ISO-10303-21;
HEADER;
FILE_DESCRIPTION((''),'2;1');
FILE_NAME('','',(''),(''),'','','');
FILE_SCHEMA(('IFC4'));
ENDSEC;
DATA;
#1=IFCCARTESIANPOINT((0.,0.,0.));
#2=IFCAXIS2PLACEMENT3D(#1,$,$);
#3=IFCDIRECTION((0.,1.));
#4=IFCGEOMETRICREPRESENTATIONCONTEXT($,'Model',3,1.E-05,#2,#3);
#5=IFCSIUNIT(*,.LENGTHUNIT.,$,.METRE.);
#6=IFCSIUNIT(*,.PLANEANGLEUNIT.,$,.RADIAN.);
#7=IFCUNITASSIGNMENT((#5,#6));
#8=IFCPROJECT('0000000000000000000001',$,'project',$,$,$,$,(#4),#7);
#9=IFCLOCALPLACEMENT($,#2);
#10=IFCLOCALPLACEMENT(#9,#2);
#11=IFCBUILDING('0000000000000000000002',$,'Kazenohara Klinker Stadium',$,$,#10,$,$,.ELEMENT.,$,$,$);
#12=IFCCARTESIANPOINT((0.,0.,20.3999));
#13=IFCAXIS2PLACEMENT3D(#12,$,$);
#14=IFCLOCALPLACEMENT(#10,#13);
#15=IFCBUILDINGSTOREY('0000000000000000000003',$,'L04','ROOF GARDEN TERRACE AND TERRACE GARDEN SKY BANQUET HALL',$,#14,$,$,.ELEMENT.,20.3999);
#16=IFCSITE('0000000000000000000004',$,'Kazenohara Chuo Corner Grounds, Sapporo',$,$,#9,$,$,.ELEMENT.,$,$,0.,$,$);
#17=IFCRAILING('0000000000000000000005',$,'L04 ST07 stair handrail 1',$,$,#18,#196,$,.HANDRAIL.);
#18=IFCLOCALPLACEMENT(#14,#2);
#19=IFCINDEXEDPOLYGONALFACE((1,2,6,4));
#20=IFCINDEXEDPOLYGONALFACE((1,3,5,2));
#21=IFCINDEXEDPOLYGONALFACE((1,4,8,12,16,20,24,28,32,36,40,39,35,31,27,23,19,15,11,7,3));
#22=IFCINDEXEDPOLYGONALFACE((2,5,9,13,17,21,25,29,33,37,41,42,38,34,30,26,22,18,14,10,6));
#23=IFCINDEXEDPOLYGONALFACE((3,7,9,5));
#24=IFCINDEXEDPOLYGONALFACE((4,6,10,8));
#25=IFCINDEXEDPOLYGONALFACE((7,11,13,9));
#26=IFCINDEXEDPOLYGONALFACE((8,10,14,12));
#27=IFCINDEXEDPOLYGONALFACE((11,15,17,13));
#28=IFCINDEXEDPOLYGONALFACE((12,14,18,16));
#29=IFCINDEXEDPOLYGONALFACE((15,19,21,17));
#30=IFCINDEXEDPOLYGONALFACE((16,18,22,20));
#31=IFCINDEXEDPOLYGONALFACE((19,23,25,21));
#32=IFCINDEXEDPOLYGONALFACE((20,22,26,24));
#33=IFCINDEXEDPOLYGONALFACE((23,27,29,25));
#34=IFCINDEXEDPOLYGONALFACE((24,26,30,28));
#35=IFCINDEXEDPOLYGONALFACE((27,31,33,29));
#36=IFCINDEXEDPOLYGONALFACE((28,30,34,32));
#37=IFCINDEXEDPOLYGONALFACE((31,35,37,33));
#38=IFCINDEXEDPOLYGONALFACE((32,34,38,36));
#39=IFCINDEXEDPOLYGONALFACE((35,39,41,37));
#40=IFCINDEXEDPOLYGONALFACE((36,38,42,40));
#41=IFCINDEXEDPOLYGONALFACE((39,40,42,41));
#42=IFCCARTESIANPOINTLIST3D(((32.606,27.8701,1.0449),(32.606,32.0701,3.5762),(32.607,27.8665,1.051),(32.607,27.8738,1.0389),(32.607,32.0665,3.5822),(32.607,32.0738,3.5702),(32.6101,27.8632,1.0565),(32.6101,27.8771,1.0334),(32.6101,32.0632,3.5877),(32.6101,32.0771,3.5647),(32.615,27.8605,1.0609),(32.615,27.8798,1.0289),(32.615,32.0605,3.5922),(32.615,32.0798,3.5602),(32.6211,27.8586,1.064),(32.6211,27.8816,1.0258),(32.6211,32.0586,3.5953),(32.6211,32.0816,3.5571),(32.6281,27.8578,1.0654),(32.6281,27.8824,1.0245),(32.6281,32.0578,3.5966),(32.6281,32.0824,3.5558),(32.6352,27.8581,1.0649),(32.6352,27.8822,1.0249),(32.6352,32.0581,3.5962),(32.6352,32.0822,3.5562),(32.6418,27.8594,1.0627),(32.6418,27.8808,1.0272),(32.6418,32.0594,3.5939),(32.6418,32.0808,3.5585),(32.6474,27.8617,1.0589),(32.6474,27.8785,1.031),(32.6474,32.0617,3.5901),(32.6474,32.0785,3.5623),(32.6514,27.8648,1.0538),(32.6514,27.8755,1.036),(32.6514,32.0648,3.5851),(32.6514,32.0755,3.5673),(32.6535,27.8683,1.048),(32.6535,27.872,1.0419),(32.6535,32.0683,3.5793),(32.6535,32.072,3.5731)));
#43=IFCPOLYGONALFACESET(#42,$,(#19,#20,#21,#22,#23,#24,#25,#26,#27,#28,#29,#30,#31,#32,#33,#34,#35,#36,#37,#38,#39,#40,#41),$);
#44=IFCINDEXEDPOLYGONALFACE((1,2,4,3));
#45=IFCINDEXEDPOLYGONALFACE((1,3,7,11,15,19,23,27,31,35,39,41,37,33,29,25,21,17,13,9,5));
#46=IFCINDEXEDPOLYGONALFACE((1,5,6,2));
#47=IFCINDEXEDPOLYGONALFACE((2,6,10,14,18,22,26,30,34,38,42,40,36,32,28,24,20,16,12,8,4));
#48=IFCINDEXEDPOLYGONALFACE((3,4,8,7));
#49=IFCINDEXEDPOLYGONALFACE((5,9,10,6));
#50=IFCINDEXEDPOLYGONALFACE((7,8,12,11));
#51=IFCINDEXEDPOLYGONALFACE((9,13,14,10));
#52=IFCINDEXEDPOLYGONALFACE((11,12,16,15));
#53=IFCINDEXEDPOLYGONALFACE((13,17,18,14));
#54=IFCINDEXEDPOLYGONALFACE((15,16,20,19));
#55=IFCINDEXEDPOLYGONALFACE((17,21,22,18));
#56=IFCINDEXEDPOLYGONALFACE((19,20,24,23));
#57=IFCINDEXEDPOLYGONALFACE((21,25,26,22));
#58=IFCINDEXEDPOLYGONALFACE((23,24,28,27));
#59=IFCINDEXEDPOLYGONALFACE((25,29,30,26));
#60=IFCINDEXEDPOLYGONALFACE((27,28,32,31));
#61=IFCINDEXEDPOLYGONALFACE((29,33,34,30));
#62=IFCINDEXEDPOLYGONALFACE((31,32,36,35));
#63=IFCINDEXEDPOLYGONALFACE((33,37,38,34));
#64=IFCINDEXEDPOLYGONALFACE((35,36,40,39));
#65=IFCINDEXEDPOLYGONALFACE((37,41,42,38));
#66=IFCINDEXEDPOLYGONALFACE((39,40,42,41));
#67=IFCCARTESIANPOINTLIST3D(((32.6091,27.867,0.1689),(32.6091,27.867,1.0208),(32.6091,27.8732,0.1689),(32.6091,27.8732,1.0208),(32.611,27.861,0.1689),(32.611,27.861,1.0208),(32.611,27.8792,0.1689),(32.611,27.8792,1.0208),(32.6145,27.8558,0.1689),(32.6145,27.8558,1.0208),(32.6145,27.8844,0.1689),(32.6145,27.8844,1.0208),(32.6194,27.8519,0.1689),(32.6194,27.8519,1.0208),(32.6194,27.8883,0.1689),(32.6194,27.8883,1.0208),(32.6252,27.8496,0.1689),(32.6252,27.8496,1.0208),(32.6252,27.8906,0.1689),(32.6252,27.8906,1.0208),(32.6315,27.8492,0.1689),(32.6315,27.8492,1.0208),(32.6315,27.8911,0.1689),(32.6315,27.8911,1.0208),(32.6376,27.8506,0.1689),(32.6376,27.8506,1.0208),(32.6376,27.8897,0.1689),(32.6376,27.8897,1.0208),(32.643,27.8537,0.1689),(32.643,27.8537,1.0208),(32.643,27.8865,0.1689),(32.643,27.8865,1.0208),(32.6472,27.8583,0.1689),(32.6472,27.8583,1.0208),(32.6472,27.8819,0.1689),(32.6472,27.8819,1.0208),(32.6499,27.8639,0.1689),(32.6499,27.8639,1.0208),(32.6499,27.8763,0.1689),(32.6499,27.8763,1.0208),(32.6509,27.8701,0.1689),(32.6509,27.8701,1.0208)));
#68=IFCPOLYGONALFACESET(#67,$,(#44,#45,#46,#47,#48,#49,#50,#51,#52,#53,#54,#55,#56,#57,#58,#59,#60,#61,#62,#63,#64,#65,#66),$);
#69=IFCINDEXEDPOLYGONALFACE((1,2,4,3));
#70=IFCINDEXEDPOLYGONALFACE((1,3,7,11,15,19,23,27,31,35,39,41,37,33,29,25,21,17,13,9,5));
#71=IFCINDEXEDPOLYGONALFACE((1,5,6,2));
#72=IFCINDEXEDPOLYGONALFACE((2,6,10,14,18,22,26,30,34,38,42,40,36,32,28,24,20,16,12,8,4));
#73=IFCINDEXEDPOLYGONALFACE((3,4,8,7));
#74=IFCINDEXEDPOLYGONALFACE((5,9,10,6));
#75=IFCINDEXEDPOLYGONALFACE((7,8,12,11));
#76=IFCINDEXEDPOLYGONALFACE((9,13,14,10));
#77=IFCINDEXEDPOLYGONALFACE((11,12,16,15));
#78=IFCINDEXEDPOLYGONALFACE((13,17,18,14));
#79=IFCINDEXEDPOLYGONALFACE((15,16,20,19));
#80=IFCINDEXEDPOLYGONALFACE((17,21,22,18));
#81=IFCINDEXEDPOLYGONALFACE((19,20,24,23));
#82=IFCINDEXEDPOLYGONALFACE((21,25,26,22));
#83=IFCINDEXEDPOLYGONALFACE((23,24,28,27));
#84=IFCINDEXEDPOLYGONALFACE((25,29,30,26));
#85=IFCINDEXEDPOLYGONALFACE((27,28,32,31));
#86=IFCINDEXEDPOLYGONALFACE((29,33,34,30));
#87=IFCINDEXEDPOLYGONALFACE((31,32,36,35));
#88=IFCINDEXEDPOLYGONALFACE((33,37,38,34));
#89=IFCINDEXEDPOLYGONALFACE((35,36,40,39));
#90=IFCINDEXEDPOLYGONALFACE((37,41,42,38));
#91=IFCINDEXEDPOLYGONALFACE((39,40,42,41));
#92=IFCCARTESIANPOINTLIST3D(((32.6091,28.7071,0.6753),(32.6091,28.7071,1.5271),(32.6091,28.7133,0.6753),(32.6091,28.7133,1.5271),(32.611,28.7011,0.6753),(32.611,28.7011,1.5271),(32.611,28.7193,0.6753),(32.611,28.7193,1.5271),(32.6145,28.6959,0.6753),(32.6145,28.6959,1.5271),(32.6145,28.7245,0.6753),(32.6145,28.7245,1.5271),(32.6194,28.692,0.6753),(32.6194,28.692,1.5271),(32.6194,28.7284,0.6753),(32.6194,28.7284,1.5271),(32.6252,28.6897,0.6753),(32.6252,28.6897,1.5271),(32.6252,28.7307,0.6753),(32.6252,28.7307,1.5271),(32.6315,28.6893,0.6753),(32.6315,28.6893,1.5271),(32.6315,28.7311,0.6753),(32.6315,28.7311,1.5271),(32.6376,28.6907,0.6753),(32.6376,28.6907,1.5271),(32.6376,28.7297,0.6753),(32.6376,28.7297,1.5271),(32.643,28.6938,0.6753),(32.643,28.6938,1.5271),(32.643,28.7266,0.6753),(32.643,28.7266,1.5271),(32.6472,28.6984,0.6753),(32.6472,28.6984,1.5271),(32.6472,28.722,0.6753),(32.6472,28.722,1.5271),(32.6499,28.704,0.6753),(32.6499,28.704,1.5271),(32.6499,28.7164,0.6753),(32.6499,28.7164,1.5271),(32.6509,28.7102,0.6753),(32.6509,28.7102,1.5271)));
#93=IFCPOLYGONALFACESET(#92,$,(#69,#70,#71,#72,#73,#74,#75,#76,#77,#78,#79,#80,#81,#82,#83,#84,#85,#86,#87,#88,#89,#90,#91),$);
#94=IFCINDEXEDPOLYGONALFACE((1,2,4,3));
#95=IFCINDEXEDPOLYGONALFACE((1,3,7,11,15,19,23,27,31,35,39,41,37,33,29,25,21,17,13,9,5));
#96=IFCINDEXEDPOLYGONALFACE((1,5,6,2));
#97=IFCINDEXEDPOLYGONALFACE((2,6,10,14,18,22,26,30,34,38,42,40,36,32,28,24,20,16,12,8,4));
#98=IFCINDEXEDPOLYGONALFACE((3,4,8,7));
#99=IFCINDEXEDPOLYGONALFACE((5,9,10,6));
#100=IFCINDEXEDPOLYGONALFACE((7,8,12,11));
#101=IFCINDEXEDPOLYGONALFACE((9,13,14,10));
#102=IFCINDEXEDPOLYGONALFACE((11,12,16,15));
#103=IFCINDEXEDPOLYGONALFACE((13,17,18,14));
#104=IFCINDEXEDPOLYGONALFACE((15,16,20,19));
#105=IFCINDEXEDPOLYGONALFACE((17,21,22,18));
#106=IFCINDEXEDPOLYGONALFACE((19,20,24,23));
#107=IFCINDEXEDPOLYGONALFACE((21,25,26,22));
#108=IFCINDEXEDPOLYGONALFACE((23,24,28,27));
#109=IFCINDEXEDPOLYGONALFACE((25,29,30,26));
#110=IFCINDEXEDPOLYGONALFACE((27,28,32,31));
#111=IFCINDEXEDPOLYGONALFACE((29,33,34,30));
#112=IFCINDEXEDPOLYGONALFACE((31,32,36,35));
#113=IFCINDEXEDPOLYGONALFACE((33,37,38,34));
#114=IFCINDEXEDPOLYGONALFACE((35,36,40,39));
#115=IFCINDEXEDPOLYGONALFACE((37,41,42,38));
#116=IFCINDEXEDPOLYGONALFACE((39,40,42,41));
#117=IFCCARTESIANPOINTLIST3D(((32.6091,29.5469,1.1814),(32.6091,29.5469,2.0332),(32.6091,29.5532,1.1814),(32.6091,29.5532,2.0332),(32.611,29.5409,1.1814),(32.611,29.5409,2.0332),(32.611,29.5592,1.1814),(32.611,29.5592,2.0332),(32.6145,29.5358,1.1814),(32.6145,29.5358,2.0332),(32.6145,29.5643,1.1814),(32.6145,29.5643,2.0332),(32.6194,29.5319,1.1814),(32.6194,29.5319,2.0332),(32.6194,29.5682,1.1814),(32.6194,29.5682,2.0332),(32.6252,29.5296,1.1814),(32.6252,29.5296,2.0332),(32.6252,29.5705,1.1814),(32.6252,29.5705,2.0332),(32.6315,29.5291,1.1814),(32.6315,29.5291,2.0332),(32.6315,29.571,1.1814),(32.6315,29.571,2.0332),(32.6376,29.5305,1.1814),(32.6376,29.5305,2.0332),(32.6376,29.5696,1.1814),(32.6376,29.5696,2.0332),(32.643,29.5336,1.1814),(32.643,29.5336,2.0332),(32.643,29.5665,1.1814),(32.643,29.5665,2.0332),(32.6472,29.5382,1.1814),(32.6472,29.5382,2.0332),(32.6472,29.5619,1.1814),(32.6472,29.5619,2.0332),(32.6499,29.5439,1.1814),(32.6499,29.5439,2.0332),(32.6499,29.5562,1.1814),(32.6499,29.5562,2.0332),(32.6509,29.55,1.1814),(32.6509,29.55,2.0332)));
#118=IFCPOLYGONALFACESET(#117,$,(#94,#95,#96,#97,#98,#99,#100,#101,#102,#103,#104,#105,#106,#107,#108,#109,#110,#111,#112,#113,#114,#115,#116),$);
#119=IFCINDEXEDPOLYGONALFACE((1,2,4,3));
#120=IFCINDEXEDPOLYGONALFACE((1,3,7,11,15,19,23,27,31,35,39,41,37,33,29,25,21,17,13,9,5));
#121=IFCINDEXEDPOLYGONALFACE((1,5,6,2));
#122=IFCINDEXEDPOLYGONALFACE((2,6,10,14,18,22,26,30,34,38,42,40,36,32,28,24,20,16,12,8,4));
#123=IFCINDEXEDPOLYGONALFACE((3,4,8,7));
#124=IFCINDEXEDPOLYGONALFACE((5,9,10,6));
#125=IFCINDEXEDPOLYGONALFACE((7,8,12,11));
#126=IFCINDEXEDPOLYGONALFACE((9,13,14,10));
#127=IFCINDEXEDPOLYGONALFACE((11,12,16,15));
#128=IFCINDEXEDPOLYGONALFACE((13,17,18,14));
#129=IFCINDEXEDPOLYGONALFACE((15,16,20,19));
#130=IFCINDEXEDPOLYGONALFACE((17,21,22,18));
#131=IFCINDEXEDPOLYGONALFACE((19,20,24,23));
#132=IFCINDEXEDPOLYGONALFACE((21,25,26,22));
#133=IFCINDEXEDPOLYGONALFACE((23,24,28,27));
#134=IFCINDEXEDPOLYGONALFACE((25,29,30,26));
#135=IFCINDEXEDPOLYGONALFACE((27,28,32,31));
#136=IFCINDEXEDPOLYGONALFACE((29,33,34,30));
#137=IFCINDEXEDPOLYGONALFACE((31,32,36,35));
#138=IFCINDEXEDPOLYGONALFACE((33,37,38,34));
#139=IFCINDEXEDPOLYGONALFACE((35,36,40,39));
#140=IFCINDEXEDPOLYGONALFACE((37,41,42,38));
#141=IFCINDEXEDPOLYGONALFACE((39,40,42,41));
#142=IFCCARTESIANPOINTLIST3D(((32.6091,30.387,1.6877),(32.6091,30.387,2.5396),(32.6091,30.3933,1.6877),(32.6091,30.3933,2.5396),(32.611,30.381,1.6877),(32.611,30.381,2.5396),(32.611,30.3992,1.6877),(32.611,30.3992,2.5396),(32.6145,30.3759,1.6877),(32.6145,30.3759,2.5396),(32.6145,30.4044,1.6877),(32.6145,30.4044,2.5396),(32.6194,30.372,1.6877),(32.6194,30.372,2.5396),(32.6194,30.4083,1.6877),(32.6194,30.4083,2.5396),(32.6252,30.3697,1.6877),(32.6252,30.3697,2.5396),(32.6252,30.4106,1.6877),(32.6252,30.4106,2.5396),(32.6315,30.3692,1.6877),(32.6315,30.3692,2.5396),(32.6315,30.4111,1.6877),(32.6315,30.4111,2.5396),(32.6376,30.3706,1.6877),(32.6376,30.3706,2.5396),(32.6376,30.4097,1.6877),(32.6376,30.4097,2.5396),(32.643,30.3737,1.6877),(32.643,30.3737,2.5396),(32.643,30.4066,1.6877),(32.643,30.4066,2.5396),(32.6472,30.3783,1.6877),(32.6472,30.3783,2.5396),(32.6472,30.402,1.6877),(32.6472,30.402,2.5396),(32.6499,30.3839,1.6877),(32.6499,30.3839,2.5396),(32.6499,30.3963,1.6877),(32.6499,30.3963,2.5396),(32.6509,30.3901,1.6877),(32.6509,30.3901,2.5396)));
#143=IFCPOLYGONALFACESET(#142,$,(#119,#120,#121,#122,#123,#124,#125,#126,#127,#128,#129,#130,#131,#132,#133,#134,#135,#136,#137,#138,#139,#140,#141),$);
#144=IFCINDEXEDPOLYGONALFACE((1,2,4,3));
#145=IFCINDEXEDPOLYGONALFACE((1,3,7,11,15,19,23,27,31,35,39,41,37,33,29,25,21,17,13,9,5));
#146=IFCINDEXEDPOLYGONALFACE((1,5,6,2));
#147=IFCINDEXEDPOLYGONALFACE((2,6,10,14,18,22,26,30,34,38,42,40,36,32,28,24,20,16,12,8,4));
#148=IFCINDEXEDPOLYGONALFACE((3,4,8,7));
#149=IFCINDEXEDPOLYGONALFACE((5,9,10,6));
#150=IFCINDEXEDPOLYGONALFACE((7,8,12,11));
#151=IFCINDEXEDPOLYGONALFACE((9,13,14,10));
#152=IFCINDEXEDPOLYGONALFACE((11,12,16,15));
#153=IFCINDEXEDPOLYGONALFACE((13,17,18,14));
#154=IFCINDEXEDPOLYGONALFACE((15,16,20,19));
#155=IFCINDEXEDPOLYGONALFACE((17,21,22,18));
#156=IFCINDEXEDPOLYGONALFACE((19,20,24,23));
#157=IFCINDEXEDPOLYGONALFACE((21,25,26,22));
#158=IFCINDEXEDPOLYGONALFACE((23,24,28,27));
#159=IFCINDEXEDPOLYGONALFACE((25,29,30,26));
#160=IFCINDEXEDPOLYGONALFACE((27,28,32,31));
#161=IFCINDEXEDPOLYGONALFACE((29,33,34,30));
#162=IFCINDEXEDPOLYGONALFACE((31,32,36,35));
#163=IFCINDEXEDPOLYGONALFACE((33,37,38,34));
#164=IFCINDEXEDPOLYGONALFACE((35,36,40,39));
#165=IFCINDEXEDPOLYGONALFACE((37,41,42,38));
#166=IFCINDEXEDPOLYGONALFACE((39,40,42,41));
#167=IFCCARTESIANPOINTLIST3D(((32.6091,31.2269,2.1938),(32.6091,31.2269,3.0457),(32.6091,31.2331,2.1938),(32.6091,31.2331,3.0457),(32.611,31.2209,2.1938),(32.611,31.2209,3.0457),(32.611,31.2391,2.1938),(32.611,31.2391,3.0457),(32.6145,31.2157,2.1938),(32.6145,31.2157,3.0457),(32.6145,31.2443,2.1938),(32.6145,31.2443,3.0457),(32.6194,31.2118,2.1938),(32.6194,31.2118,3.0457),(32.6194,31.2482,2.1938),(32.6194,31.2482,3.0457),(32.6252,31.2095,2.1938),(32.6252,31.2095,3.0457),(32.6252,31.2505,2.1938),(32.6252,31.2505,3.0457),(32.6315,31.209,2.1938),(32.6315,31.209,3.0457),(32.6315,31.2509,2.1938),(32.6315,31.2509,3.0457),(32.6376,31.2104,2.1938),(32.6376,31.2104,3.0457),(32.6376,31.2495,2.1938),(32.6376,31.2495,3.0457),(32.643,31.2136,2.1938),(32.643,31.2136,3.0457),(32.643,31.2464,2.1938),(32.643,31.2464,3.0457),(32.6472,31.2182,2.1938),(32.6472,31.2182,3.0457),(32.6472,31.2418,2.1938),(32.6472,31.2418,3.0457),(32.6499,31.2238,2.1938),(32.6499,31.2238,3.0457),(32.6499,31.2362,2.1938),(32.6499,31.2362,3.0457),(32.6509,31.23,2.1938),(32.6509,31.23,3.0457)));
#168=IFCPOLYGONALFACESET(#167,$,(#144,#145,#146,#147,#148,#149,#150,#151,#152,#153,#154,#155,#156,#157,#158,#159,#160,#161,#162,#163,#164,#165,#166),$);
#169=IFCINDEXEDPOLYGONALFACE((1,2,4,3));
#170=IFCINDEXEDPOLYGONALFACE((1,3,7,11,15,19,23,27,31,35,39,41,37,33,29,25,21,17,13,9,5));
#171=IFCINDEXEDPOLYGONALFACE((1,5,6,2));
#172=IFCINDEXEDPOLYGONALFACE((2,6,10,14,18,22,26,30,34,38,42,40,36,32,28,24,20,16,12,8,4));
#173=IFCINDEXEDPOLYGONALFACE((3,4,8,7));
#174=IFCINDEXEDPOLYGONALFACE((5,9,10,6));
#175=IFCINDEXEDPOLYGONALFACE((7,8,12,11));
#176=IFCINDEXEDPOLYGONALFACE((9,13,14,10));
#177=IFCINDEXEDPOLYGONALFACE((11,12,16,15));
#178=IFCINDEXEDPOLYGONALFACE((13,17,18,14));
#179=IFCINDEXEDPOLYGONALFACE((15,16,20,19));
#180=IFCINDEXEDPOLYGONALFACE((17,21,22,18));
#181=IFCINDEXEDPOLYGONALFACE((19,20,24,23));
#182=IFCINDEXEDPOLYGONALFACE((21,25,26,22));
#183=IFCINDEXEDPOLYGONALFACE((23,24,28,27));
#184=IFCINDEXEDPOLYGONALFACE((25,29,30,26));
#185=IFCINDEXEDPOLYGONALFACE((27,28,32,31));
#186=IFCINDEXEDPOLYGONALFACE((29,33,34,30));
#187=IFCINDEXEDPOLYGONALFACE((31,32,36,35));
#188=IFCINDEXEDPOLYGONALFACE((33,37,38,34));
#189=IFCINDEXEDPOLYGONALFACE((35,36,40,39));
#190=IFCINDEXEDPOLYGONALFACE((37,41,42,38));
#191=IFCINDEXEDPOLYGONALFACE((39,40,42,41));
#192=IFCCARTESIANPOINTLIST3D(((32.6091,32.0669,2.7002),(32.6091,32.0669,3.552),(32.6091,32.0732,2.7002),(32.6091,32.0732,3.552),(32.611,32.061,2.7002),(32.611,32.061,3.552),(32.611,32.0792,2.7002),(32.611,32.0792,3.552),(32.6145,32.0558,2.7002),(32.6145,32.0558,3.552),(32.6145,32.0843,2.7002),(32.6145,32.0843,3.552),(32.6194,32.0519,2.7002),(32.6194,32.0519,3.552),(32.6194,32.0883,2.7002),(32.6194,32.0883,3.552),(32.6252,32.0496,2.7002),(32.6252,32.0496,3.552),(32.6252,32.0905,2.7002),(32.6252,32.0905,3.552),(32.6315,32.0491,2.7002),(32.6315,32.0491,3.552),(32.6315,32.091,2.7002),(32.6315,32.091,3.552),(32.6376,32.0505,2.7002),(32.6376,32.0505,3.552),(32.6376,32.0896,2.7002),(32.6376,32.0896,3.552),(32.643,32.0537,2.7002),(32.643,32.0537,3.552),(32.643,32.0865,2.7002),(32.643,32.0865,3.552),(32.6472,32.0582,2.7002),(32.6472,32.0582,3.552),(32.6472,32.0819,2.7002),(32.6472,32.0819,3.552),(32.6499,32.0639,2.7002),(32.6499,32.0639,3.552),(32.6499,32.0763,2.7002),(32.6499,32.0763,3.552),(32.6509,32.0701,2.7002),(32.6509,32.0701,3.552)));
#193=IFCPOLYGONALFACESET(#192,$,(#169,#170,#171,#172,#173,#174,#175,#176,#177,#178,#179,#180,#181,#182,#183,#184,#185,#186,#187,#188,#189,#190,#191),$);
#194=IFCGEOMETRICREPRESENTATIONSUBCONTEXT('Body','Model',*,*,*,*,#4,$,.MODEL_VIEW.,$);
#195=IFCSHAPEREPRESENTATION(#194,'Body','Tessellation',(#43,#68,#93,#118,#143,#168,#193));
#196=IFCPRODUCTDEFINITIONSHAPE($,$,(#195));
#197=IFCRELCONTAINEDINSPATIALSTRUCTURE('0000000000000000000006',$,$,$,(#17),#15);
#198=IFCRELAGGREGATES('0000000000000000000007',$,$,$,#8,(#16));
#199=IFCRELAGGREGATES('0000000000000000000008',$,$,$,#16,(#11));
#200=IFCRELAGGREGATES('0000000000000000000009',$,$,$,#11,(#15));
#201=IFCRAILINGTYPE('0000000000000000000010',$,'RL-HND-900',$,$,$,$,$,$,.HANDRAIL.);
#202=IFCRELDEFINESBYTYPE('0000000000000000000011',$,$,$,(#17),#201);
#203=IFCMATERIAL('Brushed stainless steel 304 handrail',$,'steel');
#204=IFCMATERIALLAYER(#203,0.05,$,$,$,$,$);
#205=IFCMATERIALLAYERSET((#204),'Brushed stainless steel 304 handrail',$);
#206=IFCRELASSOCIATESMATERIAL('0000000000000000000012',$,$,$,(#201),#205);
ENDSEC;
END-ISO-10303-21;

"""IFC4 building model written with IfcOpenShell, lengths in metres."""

from ifc_helpers import new_model, si_unit, direction, frame, origin, origin_2d, place, context, subcontext, project, spatial, circle, extrude, material, layer, layer_set, type_object, element, save


model = new_model("IFC4")

# Units and contexts
model_context = context("Model", 3, precision=1e-05, world=origin(), true_north=direction((0.0, 1.0)))
body_context = subcontext(model_context, "Body", "Model", "MODEL_VIEW")
ifc_project = project(units=[si_unit("LENGTHUNIT", "METRE"), si_unit("PLANEANGLEUNIT", "RADIAN")], contexts=[model_context])

# Site, building, storey
site_placement = place(None, origin())
site = spatial("IfcSite", under=ifc_project, at=site_placement, Name="Kazenohara Chuo Corner Grounds, Sapporo", CompositionType="ELEMENT", RefElevation=0.0)
building_placement = place(site_placement, origin())
building = spatial("IfcBuilding", under=site, at=building_placement, Name="Kazenohara Klinker Stadium", CompositionType="ELEMENT")
storey_placement = place(building_placement, frame((0.0, 0.0, 20.3999)))
storey = spatial("IfcBuildingStorey", under=building, at=storey_placement, Name="L04", Description="ROOF GARDEN TERRACE AND TERRACE GARDEN SKY BANQUET HALL", CompositionType="ELEMENT", Elevation=20.3999)

# Railing
ifc_material_1 = material(Name="Brushed stainless steel 304 handrail", Category="steel")
ifc_layer_1 = layer(ifc_material_1, 0.05)
ifc_layer_set_1 = layer_set([ifc_layer_1], Name="Brushed stainless steel 304 handrail")
railing_type_1 = type_object("IfcRailingType", Name="RL-HND-900", PredefinedType="HANDRAIL", material=ifc_layer_set_1)
railing_1_placement = place(storey_placement, frame((32.6299, 27.8701, 0.1689)))
element("IfcRailing", 1, at=railing_1_placement, inside=storey, type_object=railing_type_1, Name="L04 ST07 stair handrail 1", PredefinedType="HANDRAIL", context=body_context, shape_type="SweptSolid", body=[
    extrude(circle(Radius=0.0239, at=origin_2d()), frame((0.0, 0.0, 0.876), z_axis=(0.0, 0.856476, 0.516186), x_axis=(-1.0, 0.0, 0.0)), (0.0, 0.0, 1.0), 4.9038),
    extrude(circle(Radius=0.021, at=origin_2d()), origin(), (0.0, 0.0, 1.0), 0.8518),
    extrude(circle(Radius=0.021, at=origin_2d()), frame((0.0, 0.8401, 0.5063)), (0.0, 0.0, 1.0), 0.8518),
    extrude(circle(Radius=0.021, at=origin_2d()), frame((0.0, 1.6799, 1.0125)), (0.0, 0.0, 1.0), 0.8518),
    extrude(circle(Radius=0.021, at=origin_2d()), frame((0.0, 2.52, 1.5188)), (0.0, 0.0, 1.0), 0.8518),
    extrude(circle(Radius=0.021, at=origin_2d()), frame((0.0, 3.3599, 2.0249)), (0.0, 0.0, 1.0), 0.8518),
    extrude(circle(Radius=0.021, at=origin_2d()), frame((0.0, 4.2, 2.5312)), (0.0, 0.0, 1.0), 0.8518),
])

save(model, "model.ifc")
